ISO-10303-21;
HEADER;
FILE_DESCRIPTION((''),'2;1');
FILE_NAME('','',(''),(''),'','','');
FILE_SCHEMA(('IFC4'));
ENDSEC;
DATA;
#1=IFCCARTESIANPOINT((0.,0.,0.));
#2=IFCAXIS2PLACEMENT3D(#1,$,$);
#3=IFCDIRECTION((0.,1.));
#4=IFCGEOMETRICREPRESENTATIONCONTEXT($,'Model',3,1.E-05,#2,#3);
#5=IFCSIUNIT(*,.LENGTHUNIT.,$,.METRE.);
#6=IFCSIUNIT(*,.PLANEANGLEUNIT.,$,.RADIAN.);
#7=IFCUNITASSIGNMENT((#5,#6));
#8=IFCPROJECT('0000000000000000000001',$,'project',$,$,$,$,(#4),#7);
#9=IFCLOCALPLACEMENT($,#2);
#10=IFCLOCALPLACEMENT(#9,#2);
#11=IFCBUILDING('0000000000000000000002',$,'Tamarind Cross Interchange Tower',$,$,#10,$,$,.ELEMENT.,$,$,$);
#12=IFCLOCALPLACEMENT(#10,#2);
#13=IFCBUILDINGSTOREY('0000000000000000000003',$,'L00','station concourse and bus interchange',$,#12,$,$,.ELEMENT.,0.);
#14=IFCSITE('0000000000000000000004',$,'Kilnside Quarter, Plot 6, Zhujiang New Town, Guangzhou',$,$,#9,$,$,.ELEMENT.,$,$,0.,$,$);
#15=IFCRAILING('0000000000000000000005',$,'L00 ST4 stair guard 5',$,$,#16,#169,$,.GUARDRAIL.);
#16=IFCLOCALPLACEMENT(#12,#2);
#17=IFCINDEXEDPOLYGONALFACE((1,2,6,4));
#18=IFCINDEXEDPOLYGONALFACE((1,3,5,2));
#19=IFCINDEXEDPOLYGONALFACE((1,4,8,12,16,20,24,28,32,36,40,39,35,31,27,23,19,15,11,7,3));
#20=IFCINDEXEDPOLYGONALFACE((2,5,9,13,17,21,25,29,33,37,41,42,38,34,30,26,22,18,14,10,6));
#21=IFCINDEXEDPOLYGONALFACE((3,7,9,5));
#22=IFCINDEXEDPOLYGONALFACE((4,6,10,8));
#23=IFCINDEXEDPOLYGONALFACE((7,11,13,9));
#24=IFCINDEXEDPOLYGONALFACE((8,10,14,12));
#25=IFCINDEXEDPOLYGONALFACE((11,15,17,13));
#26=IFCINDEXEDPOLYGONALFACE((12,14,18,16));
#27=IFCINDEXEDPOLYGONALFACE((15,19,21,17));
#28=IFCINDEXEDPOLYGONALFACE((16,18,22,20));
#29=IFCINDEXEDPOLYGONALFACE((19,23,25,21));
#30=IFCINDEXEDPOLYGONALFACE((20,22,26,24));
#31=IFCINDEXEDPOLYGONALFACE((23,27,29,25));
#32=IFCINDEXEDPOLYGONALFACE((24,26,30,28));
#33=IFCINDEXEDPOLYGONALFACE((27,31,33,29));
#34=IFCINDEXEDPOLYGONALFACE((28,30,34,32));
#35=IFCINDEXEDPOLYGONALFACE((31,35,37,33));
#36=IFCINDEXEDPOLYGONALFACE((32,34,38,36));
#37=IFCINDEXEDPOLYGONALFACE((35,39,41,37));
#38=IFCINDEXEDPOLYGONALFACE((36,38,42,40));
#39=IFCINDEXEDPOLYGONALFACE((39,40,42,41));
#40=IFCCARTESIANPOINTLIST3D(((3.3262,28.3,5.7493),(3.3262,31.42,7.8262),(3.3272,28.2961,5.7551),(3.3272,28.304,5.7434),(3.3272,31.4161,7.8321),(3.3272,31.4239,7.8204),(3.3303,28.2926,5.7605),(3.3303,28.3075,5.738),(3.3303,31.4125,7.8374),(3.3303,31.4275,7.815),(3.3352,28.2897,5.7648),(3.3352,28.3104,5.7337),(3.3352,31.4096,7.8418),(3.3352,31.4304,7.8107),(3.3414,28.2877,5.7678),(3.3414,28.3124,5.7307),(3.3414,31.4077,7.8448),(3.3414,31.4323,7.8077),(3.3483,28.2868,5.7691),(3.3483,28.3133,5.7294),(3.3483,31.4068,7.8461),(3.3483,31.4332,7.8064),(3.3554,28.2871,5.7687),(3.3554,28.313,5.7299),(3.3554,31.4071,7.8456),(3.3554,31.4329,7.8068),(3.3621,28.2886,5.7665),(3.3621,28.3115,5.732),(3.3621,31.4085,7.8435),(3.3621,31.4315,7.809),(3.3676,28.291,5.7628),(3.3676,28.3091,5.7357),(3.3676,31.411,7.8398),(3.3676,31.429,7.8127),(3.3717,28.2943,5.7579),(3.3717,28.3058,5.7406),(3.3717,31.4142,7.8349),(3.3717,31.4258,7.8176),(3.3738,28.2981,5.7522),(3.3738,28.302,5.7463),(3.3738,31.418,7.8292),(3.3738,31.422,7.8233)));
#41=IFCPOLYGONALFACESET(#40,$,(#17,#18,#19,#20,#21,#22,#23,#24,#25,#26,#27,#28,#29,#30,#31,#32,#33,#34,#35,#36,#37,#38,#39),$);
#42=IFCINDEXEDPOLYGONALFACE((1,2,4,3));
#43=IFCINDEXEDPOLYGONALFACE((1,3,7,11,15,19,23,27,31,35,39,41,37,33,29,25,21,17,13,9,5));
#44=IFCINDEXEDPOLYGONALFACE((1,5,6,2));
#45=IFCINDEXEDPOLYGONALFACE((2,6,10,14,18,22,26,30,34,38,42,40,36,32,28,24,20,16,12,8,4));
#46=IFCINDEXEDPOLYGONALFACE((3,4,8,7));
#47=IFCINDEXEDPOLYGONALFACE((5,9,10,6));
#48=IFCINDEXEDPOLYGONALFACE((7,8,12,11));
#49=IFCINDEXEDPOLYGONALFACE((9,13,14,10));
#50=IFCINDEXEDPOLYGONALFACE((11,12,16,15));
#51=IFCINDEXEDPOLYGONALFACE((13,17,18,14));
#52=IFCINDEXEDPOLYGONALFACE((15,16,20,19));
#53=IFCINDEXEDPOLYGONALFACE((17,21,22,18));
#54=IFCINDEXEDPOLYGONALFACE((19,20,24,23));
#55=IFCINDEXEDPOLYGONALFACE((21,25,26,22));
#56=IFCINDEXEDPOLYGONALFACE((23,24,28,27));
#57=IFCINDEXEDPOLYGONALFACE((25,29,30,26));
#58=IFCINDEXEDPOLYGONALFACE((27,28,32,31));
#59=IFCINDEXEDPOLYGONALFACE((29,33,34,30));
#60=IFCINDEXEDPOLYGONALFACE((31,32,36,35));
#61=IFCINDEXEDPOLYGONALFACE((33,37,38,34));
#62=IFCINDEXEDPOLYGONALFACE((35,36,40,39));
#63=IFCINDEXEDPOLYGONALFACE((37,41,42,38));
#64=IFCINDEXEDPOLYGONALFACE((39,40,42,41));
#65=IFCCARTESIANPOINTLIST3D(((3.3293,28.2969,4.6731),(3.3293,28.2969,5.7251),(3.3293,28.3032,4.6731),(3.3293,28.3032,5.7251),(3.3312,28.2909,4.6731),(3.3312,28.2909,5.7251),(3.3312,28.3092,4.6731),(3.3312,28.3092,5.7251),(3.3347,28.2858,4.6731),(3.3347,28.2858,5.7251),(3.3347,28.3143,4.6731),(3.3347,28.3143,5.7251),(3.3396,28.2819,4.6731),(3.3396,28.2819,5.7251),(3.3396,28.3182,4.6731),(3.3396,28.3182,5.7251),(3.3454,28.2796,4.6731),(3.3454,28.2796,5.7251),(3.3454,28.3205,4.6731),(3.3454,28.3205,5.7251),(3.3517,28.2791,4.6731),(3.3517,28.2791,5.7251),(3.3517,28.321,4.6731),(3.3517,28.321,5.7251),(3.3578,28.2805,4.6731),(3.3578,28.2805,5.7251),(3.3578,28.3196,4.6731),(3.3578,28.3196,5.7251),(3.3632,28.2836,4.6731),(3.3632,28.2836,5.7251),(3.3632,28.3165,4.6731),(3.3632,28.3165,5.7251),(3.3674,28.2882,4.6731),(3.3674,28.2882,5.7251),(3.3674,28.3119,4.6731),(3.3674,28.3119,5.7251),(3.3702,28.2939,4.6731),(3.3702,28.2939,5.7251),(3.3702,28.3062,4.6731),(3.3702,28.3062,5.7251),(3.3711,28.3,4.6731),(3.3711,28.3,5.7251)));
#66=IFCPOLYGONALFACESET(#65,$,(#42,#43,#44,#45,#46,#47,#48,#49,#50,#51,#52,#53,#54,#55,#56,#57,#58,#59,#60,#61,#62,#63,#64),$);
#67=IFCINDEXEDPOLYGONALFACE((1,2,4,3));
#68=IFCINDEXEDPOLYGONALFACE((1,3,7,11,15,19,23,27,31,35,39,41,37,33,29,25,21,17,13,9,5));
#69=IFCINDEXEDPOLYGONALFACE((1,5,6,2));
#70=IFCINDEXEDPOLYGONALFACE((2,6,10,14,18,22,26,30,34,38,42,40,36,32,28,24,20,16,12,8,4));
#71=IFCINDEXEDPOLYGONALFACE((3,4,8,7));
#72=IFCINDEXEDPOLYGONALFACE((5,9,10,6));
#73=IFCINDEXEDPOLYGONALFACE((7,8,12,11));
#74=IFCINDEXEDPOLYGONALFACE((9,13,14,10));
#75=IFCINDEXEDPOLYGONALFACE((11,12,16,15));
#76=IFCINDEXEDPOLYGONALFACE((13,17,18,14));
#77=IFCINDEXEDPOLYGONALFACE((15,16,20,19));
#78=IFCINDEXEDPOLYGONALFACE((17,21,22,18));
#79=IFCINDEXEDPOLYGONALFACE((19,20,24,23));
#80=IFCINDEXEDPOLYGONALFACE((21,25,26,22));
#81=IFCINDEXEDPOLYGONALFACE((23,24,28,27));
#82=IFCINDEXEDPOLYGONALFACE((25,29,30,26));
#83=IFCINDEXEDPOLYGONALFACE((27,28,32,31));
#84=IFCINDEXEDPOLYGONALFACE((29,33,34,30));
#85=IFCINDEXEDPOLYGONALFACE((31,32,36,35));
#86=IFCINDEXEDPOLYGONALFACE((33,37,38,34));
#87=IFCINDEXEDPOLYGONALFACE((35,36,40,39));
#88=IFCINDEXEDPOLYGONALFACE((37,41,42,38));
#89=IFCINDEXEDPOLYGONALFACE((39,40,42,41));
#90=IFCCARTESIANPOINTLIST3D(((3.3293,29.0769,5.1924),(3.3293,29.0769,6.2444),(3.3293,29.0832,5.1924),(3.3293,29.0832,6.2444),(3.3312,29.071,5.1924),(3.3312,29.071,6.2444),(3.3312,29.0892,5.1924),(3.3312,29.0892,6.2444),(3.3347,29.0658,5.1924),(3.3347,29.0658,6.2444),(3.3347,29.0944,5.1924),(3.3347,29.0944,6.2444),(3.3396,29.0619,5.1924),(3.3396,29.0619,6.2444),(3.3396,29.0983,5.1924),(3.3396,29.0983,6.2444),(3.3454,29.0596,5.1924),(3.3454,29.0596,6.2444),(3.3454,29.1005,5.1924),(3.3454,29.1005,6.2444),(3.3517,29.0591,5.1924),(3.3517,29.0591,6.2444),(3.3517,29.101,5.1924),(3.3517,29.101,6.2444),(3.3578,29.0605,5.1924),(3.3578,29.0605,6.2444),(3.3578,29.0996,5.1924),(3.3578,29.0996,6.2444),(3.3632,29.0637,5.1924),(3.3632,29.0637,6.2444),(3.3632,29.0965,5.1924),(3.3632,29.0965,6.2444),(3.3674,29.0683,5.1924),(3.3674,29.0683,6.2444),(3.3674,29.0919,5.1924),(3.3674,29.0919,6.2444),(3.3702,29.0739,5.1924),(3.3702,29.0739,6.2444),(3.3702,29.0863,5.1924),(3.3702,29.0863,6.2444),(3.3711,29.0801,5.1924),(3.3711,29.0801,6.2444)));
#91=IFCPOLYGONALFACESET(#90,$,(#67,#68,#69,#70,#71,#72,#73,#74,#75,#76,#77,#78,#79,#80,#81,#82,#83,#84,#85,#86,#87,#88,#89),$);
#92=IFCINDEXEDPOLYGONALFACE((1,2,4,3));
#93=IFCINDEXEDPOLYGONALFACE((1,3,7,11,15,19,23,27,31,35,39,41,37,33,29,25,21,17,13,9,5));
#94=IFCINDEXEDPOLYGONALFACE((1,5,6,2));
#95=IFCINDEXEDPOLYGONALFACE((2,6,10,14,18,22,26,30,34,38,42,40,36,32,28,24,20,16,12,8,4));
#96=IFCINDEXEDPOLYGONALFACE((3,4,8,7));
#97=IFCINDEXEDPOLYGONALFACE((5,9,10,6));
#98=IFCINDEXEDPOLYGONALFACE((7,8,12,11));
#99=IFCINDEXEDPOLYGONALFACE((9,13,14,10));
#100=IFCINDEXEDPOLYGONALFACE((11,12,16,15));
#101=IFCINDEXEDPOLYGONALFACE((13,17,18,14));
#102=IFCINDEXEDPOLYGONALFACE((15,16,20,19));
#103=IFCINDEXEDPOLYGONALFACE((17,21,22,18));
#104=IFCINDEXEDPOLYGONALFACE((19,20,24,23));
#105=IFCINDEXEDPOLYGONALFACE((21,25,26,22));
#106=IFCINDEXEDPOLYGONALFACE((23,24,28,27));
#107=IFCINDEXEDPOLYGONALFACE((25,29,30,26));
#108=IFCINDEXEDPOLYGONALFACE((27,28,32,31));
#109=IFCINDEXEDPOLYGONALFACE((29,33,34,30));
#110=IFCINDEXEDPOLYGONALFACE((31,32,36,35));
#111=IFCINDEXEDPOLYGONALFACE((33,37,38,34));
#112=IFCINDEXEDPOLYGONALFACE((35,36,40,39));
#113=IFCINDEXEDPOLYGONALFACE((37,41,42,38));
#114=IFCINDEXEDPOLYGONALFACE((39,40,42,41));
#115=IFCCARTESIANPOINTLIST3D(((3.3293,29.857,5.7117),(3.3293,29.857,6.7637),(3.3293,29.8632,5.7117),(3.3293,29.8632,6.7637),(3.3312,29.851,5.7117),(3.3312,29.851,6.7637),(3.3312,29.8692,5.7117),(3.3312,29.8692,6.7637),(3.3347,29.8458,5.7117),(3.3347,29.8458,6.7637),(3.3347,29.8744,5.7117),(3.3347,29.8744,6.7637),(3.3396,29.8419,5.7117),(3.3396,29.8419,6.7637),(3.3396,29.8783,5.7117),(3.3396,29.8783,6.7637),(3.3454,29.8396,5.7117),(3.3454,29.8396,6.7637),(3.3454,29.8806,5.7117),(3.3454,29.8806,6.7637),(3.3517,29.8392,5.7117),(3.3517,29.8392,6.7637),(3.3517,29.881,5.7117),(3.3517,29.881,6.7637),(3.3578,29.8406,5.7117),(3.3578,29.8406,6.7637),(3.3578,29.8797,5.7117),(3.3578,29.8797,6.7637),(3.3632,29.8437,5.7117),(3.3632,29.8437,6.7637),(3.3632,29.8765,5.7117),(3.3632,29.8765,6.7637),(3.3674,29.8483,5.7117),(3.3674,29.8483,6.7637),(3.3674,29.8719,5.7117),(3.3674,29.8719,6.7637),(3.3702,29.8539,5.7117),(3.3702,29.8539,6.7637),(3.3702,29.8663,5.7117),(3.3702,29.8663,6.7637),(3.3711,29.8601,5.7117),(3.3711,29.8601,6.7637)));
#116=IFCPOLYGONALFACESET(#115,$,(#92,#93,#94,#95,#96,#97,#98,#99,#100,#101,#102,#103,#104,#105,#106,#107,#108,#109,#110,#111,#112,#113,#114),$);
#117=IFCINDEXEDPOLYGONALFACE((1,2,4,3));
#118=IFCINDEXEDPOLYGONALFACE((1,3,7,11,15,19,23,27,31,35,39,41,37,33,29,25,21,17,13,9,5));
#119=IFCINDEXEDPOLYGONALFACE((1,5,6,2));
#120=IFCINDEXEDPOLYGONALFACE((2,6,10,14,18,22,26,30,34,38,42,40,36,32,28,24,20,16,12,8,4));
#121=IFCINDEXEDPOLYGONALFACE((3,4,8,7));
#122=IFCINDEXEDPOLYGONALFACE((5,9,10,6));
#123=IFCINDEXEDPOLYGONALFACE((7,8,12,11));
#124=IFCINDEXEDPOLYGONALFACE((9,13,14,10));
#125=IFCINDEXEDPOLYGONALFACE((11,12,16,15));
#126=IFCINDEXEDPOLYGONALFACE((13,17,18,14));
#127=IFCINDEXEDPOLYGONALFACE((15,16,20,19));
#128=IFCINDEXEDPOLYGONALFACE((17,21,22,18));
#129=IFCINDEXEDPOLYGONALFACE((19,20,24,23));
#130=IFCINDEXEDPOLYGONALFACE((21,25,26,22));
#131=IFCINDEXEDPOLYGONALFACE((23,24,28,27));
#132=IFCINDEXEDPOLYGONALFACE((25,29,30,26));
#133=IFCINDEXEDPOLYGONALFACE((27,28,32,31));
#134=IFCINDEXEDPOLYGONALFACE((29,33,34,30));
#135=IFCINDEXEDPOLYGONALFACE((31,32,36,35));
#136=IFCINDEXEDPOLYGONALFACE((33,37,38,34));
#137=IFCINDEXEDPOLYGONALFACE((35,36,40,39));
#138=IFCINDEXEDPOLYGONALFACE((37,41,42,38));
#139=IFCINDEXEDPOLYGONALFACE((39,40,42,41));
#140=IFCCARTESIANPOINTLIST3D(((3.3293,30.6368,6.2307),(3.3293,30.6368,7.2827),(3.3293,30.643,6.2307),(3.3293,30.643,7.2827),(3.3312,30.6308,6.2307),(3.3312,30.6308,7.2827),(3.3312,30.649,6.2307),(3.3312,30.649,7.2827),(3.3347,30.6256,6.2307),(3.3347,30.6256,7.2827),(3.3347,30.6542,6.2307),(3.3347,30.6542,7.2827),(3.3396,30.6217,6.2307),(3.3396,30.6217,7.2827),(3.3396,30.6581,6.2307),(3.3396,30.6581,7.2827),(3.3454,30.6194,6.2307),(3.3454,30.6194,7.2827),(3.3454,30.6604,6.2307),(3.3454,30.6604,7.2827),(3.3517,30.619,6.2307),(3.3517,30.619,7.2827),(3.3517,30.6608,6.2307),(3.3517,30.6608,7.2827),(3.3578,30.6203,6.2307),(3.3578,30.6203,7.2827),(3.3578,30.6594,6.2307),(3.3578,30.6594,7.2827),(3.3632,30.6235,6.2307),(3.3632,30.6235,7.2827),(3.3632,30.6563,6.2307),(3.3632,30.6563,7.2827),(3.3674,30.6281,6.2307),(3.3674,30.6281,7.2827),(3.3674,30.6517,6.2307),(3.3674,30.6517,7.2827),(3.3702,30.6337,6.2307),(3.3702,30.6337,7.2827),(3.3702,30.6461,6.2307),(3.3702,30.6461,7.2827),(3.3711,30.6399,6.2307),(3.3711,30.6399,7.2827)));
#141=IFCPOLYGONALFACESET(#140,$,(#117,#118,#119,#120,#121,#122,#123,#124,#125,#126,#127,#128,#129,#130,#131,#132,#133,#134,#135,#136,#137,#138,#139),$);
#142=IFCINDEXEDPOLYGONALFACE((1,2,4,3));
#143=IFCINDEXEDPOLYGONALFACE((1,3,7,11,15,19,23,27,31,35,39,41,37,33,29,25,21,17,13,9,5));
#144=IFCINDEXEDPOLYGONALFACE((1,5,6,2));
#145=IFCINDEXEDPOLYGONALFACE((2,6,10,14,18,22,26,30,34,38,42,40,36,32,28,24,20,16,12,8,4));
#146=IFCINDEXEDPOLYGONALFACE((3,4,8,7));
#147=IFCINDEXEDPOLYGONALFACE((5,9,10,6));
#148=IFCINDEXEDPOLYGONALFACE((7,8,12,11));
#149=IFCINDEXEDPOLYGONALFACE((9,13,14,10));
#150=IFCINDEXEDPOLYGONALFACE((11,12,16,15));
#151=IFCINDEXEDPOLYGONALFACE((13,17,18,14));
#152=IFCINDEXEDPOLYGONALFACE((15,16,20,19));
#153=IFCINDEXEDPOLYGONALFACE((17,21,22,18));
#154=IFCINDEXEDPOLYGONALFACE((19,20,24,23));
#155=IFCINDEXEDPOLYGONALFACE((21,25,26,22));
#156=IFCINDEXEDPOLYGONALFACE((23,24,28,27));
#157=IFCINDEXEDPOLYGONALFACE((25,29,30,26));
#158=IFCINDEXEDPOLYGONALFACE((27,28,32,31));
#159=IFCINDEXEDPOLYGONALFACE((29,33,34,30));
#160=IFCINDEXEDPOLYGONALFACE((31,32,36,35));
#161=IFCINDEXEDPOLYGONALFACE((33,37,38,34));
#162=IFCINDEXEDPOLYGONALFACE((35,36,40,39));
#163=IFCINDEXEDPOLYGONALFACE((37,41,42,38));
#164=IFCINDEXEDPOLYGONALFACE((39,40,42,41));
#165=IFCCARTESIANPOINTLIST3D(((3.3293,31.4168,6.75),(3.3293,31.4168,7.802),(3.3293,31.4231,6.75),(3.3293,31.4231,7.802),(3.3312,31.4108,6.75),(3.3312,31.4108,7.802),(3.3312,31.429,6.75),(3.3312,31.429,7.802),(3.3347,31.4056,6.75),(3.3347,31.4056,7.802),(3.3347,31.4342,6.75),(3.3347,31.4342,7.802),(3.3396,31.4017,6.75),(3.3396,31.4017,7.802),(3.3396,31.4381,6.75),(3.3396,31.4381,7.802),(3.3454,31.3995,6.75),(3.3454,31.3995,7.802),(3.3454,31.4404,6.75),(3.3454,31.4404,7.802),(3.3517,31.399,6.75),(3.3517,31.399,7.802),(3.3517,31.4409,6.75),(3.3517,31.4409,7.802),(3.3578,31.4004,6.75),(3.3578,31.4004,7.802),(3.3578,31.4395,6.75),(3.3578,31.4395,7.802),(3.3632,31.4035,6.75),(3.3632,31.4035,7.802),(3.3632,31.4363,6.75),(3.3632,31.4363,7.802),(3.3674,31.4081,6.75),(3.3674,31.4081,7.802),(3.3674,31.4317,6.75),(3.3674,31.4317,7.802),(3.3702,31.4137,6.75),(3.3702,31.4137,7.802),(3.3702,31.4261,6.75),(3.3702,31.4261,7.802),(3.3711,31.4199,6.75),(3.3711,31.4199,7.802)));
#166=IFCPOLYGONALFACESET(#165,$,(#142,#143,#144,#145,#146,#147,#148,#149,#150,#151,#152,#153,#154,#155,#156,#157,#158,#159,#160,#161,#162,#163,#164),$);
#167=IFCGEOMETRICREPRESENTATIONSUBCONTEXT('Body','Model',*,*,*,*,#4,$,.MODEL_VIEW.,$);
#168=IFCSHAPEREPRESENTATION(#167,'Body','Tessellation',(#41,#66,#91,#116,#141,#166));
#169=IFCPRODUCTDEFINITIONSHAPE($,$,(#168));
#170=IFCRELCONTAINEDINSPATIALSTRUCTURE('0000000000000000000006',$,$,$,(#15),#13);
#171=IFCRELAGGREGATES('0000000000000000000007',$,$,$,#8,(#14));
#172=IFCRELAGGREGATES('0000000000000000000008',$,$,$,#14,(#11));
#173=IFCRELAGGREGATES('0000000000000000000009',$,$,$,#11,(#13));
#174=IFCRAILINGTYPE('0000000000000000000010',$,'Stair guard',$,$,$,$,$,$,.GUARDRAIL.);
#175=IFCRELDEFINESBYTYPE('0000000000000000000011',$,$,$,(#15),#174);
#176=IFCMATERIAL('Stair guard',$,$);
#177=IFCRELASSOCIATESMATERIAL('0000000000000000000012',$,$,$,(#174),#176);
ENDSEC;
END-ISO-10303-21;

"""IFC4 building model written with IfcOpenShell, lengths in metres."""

from ifc_helpers import new_model, si_unit, direction, frame, origin, origin_2d, place, context, subcontext, project, spatial, circle, extrude, material, type_object, element, save


model = new_model("IFC4")

# Units and contexts
model_context = context("Model", 3, precision=1e-05, world=origin(), true_north=direction((0.0, 1.0)))
body_context = subcontext(model_context, "Body", "Model", "MODEL_VIEW")
ifc_project = project(units=[si_unit("LENGTHUNIT", "METRE"), si_unit("PLANEANGLEUNIT", "RADIAN")], contexts=[model_context])

# Site, building, storey
site_placement = place(None, origin())
site = spatial("IfcSite", under=ifc_project, at=site_placement, Name="Kilnside Quarter, Plot 6, Zhujiang New Town, Guangzhou", CompositionType="ELEMENT", RefElevation=0.0)
building_placement = place(site_placement, origin())
building = spatial("IfcBuilding", under=site, at=building_placement, Name="Tamarind Cross Interchange Tower", CompositionType="ELEMENT")
storey_placement = place(building_placement, origin())
storey = spatial("IfcBuildingStorey", under=building, at=storey_placement, Name="L00", Description="station concourse and bus interchange", CompositionType="ELEMENT", Elevation=0.0)

# Railing
ifc_material_1 = material(Name="Stair guard")
railing_type_1 = type_object("IfcRailingType", Name="Stair guard", PredefinedType="GUARDRAIL", material=ifc_material_1)
railing_1_placement = place(storey_placement, frame((3.3501, 28.3, 4.6731)))
element("IfcRailing", 1, at=railing_1_placement, inside=storey, type_object=railing_type_1, Name="L00 ST4 stair guard 5", PredefinedType="GUARDRAIL", context=body_context, shape_type="SweptSolid", body=[
    extrude(circle(Radius=0.0239, at=origin_2d()), frame((0.0, 0.0, 1.0762), z_axis=(0.0, 0.832421, 0.554144), x_axis=(-1.0, 0.0, 0.0)), (0.0, 0.0, 1.0), 3.748),
    extrude(circle(Radius=0.021, at=origin_2d()), origin(), (0.0, 0.0, 1.0), 1.052),
    extrude(circle(Radius=0.021, at=origin_2d()), frame((0.0, 0.78, 0.5193)), (0.0, 0.0, 1.0), 1.052),
    extrude(circle(Radius=0.021, at=origin_2d()), frame((0.0, 1.5601, 1.0386)), (0.0, 0.0, 1.0), 1.052),
    extrude(circle(Radius=0.021, at=origin_2d()), frame((0.0, 2.3398, 1.5576)), (0.0, 0.0, 1.0), 1.052),
    extrude(circle(Radius=0.021, at=origin_2d()), frame((0.0, 3.1199, 2.0769)), (0.0, 0.0, 1.0), 1.052),
])

save(model, "model.ifc")
